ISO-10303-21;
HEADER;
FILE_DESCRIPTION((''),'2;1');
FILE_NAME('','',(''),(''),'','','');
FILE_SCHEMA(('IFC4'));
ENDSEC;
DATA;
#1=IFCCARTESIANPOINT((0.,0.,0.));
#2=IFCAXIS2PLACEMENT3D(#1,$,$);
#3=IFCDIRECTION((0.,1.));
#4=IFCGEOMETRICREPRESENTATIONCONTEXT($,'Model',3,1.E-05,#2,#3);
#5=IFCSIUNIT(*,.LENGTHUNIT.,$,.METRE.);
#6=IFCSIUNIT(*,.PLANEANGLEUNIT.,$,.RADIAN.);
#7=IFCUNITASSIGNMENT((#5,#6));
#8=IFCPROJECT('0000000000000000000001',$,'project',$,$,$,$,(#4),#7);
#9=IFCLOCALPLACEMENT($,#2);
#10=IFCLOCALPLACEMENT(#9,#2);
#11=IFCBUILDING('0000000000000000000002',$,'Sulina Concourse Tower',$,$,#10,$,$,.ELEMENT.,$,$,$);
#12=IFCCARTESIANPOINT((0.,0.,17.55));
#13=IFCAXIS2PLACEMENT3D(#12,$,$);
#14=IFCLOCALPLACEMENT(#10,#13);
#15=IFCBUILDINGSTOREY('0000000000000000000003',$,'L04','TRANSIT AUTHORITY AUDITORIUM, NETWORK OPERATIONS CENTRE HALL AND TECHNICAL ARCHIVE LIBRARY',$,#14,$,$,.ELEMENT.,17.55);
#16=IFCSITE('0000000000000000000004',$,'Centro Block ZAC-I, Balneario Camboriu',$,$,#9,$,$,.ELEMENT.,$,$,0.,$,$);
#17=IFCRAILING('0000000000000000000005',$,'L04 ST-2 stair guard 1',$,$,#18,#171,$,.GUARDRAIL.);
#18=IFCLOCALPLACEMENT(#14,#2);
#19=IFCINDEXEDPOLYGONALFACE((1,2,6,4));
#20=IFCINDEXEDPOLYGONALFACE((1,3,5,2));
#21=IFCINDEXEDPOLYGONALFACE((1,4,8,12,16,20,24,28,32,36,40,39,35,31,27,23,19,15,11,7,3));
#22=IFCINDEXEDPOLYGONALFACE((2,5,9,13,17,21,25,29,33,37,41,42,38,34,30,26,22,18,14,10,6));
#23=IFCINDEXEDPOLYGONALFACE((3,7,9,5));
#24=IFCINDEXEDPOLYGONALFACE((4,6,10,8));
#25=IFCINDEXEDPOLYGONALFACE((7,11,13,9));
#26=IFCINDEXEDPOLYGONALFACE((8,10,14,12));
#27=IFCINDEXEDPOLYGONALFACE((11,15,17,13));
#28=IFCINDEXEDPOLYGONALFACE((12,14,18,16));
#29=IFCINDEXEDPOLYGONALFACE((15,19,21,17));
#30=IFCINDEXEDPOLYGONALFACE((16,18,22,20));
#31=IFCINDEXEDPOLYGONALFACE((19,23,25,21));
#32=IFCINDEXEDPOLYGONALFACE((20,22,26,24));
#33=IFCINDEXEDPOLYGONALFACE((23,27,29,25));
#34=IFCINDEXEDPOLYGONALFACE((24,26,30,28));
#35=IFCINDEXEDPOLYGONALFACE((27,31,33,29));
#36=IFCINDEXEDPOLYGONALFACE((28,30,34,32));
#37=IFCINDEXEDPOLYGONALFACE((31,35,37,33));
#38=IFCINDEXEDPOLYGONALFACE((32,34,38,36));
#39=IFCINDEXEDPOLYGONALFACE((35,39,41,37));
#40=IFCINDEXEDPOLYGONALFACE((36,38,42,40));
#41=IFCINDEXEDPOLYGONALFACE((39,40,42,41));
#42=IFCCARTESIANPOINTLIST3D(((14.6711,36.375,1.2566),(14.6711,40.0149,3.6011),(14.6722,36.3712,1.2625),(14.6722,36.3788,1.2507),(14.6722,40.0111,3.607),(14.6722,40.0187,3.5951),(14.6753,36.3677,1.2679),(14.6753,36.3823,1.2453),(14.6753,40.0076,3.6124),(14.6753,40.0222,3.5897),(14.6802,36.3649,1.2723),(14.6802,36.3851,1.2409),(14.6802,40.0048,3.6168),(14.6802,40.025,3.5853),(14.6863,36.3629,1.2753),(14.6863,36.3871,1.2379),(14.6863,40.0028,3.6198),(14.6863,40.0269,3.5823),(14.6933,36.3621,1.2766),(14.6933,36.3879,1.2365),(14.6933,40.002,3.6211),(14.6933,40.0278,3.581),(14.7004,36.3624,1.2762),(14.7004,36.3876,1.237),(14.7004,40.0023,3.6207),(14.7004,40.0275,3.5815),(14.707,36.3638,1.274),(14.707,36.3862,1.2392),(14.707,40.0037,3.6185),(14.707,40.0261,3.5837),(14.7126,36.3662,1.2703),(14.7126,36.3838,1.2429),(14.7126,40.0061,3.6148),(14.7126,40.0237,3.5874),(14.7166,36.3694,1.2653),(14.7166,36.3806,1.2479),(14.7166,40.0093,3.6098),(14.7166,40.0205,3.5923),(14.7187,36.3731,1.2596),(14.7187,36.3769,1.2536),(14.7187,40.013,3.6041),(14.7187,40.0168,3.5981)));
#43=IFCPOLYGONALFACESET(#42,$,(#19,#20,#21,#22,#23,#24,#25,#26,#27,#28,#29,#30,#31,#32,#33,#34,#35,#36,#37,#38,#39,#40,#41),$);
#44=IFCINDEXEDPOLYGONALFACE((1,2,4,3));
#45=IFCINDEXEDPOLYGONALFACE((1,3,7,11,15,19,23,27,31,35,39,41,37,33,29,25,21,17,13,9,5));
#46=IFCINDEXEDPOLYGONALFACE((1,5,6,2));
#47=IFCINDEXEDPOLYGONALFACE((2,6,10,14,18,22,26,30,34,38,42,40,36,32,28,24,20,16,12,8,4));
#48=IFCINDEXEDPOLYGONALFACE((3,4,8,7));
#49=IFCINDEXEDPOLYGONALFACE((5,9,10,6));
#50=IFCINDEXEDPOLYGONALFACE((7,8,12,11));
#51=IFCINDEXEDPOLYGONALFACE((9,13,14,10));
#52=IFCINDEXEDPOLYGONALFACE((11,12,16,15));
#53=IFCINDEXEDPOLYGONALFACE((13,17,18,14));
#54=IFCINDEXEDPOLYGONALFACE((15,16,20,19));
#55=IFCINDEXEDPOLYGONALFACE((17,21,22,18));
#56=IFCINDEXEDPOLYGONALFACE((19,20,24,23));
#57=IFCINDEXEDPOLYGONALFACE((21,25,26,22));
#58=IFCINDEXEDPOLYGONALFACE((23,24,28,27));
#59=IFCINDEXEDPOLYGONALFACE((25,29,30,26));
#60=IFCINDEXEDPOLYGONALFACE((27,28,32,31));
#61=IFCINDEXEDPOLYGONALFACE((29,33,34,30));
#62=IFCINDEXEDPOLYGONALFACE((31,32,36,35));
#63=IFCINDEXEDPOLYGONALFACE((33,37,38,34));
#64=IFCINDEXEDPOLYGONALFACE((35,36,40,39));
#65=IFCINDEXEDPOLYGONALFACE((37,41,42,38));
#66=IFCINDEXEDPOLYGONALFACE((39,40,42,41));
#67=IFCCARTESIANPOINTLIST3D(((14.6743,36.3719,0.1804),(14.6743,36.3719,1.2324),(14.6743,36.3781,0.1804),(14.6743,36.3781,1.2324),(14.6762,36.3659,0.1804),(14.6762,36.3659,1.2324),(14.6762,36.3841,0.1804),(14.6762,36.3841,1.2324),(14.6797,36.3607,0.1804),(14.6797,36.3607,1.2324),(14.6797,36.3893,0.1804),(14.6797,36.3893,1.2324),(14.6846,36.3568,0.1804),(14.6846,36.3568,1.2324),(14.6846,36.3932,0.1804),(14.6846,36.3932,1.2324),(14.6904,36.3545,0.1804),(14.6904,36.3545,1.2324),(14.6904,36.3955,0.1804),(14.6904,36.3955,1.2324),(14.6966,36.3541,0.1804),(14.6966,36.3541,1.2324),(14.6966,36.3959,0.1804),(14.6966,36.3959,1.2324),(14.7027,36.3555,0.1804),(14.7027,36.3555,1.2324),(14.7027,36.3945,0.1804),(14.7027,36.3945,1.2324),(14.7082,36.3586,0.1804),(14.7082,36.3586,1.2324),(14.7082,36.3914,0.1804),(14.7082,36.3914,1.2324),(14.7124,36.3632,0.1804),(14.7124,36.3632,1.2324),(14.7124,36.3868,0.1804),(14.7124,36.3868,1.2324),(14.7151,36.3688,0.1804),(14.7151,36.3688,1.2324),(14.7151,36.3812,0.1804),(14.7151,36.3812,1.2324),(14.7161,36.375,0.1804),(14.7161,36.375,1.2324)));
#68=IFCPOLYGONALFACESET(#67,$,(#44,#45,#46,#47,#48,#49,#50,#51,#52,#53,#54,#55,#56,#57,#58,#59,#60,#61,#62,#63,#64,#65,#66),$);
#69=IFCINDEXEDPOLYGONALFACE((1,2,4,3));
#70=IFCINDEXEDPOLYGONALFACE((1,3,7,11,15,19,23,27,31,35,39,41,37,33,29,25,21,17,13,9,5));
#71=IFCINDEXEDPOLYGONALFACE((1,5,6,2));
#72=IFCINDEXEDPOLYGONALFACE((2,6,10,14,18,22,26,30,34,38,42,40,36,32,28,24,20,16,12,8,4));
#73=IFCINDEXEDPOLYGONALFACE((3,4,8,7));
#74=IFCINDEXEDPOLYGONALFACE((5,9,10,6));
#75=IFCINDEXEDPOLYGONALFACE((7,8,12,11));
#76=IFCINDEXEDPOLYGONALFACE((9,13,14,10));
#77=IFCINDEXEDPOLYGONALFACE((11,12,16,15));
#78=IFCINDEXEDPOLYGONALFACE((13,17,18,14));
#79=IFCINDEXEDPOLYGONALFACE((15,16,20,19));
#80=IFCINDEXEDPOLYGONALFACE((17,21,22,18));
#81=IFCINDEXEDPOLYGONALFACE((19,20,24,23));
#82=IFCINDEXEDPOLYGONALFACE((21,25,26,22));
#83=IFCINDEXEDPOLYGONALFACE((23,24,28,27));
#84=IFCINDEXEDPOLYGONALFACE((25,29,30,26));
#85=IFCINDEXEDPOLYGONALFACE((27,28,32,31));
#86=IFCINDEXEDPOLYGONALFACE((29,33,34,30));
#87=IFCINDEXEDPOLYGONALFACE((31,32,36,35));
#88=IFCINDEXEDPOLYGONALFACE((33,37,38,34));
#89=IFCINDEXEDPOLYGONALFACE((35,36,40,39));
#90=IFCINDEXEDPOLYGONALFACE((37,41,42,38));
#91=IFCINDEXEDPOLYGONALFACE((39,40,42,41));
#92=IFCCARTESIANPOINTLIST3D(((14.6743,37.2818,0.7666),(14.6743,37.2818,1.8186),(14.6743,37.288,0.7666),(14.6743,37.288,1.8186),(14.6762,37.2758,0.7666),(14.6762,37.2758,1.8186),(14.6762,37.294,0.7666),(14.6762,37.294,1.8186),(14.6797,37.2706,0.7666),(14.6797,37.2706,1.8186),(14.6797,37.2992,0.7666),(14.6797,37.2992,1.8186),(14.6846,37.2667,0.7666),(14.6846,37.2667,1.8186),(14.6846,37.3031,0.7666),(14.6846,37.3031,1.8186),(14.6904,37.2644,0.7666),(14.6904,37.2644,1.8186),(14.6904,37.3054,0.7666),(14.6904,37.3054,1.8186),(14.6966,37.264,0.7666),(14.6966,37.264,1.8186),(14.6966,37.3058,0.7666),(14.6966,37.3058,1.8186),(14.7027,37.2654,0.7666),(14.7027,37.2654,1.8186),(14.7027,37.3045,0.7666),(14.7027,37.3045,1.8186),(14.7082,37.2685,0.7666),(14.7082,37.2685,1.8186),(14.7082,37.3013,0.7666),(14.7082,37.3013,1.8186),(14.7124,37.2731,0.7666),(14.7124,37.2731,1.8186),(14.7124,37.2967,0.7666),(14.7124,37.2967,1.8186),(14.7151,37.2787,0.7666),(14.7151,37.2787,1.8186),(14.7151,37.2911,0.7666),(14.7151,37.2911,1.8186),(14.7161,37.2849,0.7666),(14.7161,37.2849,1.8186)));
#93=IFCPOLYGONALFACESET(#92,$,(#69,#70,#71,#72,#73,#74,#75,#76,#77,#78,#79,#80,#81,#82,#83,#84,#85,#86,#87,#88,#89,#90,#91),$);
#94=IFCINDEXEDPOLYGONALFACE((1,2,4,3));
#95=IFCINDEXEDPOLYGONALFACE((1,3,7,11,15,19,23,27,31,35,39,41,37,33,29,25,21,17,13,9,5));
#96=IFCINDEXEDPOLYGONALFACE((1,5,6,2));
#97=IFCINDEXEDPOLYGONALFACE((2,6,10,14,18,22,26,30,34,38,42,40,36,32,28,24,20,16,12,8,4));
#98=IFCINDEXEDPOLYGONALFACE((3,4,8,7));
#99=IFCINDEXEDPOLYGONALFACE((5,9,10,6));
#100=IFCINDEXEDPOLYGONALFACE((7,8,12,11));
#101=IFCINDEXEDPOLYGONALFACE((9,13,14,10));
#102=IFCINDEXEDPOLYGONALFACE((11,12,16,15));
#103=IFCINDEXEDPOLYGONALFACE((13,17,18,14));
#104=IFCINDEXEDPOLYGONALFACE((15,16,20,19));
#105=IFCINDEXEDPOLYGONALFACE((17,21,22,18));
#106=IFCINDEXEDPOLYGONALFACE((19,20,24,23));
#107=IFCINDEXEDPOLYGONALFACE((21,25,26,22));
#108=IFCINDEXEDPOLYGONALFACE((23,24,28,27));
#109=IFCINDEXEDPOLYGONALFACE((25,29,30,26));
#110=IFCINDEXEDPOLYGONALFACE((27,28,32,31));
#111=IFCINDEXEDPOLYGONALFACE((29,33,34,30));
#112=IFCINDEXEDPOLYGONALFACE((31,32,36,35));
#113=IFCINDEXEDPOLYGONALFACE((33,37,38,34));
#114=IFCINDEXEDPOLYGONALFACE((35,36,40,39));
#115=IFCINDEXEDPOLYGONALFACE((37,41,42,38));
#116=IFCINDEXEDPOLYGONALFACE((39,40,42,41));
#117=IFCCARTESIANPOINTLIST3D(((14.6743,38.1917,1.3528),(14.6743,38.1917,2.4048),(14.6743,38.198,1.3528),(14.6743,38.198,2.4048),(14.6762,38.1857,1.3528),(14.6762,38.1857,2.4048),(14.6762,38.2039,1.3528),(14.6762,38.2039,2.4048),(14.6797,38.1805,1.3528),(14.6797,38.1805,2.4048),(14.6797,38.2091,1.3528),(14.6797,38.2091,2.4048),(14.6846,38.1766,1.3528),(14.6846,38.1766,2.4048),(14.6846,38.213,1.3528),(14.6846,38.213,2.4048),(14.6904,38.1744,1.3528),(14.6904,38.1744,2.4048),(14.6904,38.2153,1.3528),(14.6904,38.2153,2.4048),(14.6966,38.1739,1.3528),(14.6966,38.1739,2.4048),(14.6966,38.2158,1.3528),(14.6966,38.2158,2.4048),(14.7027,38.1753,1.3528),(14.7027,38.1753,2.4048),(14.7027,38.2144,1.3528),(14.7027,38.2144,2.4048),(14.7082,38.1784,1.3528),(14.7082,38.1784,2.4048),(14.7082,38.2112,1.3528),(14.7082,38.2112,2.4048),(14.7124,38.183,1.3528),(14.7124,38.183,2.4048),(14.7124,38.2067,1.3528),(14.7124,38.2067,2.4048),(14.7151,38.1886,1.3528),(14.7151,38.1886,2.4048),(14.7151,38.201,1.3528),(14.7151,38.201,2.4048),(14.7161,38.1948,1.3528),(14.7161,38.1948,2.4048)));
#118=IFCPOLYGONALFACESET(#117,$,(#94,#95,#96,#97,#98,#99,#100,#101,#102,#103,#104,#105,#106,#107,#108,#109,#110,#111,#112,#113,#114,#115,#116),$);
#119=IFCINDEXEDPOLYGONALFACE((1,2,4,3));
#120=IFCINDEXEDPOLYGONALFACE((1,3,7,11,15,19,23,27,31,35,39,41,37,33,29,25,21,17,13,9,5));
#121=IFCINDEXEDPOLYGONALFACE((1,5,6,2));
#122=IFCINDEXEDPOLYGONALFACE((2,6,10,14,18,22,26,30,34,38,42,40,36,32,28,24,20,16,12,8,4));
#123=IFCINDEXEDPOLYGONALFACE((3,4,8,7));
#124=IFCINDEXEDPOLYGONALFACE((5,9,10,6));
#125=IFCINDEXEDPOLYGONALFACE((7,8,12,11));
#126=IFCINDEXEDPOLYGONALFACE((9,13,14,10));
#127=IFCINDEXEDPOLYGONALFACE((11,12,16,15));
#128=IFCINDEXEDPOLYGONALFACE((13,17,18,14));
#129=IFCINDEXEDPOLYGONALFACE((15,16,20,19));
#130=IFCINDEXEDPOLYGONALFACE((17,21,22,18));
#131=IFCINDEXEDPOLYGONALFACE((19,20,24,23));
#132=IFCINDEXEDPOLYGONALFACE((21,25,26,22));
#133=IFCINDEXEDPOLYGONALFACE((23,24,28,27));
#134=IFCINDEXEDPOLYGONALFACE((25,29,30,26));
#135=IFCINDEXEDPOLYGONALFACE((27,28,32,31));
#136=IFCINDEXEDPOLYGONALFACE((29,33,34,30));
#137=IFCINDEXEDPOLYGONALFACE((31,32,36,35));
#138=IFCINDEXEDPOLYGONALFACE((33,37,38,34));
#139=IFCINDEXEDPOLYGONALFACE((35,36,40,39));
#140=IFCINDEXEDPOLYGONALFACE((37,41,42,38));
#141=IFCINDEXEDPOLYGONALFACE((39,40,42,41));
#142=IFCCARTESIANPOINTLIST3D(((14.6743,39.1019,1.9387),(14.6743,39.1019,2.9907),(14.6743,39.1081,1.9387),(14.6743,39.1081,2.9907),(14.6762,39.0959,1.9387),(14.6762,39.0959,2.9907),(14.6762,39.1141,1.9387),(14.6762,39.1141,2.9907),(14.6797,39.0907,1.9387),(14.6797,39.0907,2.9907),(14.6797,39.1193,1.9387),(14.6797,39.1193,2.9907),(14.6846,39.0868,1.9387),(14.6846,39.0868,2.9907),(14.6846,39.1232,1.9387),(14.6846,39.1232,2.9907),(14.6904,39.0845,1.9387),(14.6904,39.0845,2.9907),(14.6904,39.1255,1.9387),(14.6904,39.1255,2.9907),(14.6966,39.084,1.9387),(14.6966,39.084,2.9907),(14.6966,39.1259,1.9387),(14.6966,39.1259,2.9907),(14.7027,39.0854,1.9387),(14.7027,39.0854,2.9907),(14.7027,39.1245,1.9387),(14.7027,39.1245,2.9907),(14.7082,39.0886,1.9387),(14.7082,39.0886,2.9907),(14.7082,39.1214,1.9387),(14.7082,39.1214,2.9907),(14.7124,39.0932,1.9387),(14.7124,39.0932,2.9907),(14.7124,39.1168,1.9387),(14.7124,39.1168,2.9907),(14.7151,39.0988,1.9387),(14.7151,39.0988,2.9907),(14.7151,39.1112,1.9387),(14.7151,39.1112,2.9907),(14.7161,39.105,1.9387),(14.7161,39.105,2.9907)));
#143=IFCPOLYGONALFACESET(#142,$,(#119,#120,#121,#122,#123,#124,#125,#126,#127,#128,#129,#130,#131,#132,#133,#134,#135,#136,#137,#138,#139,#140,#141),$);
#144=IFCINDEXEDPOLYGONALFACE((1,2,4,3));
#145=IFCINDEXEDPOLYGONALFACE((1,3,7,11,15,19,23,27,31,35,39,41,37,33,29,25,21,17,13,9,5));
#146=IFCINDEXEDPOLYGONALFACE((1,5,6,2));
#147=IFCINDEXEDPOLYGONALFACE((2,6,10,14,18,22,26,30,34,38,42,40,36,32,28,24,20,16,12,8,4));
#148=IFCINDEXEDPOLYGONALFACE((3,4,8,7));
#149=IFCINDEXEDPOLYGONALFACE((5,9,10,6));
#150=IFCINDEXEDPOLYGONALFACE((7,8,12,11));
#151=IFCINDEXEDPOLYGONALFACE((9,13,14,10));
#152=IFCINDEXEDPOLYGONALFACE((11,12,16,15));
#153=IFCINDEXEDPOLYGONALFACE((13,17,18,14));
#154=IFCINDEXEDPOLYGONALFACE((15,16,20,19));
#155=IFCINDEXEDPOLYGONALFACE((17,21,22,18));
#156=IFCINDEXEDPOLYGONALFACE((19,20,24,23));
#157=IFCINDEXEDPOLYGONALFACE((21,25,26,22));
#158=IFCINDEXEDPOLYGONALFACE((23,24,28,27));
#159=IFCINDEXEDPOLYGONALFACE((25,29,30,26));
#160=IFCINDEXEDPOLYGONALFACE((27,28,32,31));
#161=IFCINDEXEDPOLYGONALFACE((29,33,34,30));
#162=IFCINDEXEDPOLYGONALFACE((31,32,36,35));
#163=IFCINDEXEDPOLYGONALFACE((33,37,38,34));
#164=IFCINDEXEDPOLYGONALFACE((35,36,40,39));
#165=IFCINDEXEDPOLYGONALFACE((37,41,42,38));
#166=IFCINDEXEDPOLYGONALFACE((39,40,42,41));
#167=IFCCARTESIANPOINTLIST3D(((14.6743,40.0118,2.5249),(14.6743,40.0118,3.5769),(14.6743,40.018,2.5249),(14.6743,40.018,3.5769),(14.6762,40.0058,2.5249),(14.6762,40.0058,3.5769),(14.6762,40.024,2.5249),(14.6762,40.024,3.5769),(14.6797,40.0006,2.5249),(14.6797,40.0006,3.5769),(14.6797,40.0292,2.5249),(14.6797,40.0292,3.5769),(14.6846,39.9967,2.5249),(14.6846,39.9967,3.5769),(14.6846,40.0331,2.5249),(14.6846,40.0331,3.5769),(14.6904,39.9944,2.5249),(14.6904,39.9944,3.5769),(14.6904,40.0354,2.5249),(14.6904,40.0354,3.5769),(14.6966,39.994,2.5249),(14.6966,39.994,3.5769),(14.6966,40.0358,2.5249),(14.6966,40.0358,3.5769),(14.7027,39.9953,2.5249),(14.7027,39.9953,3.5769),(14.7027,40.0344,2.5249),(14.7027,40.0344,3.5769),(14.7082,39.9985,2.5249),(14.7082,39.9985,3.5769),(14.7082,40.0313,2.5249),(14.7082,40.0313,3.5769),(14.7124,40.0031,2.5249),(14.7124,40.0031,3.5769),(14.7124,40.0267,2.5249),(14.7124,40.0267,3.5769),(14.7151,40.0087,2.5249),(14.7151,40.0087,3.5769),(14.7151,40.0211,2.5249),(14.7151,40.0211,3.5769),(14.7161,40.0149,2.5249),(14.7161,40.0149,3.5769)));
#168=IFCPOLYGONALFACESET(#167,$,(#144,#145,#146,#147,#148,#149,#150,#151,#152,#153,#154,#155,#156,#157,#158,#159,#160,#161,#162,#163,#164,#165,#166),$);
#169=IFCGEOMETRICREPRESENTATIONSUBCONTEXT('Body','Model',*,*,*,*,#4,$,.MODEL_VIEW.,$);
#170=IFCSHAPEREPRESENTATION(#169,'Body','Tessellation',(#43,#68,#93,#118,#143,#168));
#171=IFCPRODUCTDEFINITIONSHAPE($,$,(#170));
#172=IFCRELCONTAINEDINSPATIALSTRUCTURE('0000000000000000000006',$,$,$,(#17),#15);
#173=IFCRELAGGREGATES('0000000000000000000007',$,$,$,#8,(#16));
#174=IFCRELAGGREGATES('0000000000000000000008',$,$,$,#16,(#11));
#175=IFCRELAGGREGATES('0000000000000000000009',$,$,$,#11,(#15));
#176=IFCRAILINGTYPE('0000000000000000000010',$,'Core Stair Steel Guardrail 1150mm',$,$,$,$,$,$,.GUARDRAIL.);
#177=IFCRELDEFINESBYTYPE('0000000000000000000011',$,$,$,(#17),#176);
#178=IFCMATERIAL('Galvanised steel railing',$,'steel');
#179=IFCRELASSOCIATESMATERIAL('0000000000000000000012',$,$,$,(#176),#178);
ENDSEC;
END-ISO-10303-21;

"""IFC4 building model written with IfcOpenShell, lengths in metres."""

from ifc_helpers import new_model, si_unit, direction, frame, origin, origin_2d, place, context, subcontext, project, spatial, circle, extrude, material, type_object, element, save


model = new_model("IFC4")

# Units and contexts
model_context = context("Model", 3, precision=1e-05, world=origin(), true_north=direction((0.0, 1.0)))
body_context = subcontext(model_context, "Body", "Model", "MODEL_VIEW")
ifc_project = project(units=[si_unit("LENGTHUNIT", "METRE"), si_unit("PLANEANGLEUNIT", "RADIAN")], contexts=[model_context])

# Site, building, storey
site_placement = place(None, origin())
site = spatial("IfcSite", under=ifc_project, at=site_placement, Name="Centro Block ZAC-I, Balneario Camboriu", CompositionType="ELEMENT", RefElevation=0.0)
building_placement = place(site_placement, origin())
building = spatial("IfcBuilding", under=site, at=building_placement, Name="Sulina Concourse Tower", CompositionType="ELEMENT")
storey_placement = place(building_placement, frame((0.0, 0.0, 17.55)))
storey = spatial("IfcBuildingStorey", under=building, at=storey_placement, Name="L04", Description="TRANSIT AUTHORITY AUDITORIUM, NETWORK OPERATIONS CENTRE HALL AND TECHNICAL ARCHIVE LIBRARY", CompositionType="ELEMENT", Elevation=17.55)

# Railing
ifc_material_1 = material(Name="Galvanised steel railing", Category="steel")
railing_type_1 = type_object("IfcRailingType", Name="Core Stair Steel Guardrail 1150mm", PredefinedType="GUARDRAIL", material=ifc_material_1)
railing_1_placement = place(storey_placement, frame((14.6951, 36.375, 0.1804)))
element("IfcRailing", 1, at=railing_1_placement, inside=storey, type_object=railing_type_1, Name="L04 ST-2 stair guard 1", PredefinedType="GUARDRAIL", context=body_context, shape_type="SweptSolid", body=[
    extrude(circle(Radius=0.0239, at=origin_2d()), frame((0.0, 0.0, 1.0762), z_axis=(0.0, 0.8407, 0.541501), x_axis=(-1.0, 0.0, 0.0)), (0.0, 0.0, 1.0), 4.3296),
    extrude(circle(Radius=0.021, at=origin_2d()), origin(), (0.0, 0.0, 1.0), 1.052),
    extrude(circle(Radius=0.021, at=origin_2d()), frame((0.0, 0.9099, 0.5862)), (0.0, 0.0, 1.0), 1.052),
    extrude(circle(Radius=0.021, at=origin_2d()), frame((0.0, 1.8198, 1.1724)), (0.0, 0.0, 1.0), 1.052),
    extrude(circle(Radius=0.021, at=origin_2d()), frame((0.0, 2.73, 1.7583)), (0.0, 0.0, 1.0), 1.052),
    extrude(circle(Radius=0.021, at=origin_2d()), frame((0.0, 3.6399, 2.3445)), (0.0, 0.0, 1.0), 1.052),
])

save(model, "model.ifc")
